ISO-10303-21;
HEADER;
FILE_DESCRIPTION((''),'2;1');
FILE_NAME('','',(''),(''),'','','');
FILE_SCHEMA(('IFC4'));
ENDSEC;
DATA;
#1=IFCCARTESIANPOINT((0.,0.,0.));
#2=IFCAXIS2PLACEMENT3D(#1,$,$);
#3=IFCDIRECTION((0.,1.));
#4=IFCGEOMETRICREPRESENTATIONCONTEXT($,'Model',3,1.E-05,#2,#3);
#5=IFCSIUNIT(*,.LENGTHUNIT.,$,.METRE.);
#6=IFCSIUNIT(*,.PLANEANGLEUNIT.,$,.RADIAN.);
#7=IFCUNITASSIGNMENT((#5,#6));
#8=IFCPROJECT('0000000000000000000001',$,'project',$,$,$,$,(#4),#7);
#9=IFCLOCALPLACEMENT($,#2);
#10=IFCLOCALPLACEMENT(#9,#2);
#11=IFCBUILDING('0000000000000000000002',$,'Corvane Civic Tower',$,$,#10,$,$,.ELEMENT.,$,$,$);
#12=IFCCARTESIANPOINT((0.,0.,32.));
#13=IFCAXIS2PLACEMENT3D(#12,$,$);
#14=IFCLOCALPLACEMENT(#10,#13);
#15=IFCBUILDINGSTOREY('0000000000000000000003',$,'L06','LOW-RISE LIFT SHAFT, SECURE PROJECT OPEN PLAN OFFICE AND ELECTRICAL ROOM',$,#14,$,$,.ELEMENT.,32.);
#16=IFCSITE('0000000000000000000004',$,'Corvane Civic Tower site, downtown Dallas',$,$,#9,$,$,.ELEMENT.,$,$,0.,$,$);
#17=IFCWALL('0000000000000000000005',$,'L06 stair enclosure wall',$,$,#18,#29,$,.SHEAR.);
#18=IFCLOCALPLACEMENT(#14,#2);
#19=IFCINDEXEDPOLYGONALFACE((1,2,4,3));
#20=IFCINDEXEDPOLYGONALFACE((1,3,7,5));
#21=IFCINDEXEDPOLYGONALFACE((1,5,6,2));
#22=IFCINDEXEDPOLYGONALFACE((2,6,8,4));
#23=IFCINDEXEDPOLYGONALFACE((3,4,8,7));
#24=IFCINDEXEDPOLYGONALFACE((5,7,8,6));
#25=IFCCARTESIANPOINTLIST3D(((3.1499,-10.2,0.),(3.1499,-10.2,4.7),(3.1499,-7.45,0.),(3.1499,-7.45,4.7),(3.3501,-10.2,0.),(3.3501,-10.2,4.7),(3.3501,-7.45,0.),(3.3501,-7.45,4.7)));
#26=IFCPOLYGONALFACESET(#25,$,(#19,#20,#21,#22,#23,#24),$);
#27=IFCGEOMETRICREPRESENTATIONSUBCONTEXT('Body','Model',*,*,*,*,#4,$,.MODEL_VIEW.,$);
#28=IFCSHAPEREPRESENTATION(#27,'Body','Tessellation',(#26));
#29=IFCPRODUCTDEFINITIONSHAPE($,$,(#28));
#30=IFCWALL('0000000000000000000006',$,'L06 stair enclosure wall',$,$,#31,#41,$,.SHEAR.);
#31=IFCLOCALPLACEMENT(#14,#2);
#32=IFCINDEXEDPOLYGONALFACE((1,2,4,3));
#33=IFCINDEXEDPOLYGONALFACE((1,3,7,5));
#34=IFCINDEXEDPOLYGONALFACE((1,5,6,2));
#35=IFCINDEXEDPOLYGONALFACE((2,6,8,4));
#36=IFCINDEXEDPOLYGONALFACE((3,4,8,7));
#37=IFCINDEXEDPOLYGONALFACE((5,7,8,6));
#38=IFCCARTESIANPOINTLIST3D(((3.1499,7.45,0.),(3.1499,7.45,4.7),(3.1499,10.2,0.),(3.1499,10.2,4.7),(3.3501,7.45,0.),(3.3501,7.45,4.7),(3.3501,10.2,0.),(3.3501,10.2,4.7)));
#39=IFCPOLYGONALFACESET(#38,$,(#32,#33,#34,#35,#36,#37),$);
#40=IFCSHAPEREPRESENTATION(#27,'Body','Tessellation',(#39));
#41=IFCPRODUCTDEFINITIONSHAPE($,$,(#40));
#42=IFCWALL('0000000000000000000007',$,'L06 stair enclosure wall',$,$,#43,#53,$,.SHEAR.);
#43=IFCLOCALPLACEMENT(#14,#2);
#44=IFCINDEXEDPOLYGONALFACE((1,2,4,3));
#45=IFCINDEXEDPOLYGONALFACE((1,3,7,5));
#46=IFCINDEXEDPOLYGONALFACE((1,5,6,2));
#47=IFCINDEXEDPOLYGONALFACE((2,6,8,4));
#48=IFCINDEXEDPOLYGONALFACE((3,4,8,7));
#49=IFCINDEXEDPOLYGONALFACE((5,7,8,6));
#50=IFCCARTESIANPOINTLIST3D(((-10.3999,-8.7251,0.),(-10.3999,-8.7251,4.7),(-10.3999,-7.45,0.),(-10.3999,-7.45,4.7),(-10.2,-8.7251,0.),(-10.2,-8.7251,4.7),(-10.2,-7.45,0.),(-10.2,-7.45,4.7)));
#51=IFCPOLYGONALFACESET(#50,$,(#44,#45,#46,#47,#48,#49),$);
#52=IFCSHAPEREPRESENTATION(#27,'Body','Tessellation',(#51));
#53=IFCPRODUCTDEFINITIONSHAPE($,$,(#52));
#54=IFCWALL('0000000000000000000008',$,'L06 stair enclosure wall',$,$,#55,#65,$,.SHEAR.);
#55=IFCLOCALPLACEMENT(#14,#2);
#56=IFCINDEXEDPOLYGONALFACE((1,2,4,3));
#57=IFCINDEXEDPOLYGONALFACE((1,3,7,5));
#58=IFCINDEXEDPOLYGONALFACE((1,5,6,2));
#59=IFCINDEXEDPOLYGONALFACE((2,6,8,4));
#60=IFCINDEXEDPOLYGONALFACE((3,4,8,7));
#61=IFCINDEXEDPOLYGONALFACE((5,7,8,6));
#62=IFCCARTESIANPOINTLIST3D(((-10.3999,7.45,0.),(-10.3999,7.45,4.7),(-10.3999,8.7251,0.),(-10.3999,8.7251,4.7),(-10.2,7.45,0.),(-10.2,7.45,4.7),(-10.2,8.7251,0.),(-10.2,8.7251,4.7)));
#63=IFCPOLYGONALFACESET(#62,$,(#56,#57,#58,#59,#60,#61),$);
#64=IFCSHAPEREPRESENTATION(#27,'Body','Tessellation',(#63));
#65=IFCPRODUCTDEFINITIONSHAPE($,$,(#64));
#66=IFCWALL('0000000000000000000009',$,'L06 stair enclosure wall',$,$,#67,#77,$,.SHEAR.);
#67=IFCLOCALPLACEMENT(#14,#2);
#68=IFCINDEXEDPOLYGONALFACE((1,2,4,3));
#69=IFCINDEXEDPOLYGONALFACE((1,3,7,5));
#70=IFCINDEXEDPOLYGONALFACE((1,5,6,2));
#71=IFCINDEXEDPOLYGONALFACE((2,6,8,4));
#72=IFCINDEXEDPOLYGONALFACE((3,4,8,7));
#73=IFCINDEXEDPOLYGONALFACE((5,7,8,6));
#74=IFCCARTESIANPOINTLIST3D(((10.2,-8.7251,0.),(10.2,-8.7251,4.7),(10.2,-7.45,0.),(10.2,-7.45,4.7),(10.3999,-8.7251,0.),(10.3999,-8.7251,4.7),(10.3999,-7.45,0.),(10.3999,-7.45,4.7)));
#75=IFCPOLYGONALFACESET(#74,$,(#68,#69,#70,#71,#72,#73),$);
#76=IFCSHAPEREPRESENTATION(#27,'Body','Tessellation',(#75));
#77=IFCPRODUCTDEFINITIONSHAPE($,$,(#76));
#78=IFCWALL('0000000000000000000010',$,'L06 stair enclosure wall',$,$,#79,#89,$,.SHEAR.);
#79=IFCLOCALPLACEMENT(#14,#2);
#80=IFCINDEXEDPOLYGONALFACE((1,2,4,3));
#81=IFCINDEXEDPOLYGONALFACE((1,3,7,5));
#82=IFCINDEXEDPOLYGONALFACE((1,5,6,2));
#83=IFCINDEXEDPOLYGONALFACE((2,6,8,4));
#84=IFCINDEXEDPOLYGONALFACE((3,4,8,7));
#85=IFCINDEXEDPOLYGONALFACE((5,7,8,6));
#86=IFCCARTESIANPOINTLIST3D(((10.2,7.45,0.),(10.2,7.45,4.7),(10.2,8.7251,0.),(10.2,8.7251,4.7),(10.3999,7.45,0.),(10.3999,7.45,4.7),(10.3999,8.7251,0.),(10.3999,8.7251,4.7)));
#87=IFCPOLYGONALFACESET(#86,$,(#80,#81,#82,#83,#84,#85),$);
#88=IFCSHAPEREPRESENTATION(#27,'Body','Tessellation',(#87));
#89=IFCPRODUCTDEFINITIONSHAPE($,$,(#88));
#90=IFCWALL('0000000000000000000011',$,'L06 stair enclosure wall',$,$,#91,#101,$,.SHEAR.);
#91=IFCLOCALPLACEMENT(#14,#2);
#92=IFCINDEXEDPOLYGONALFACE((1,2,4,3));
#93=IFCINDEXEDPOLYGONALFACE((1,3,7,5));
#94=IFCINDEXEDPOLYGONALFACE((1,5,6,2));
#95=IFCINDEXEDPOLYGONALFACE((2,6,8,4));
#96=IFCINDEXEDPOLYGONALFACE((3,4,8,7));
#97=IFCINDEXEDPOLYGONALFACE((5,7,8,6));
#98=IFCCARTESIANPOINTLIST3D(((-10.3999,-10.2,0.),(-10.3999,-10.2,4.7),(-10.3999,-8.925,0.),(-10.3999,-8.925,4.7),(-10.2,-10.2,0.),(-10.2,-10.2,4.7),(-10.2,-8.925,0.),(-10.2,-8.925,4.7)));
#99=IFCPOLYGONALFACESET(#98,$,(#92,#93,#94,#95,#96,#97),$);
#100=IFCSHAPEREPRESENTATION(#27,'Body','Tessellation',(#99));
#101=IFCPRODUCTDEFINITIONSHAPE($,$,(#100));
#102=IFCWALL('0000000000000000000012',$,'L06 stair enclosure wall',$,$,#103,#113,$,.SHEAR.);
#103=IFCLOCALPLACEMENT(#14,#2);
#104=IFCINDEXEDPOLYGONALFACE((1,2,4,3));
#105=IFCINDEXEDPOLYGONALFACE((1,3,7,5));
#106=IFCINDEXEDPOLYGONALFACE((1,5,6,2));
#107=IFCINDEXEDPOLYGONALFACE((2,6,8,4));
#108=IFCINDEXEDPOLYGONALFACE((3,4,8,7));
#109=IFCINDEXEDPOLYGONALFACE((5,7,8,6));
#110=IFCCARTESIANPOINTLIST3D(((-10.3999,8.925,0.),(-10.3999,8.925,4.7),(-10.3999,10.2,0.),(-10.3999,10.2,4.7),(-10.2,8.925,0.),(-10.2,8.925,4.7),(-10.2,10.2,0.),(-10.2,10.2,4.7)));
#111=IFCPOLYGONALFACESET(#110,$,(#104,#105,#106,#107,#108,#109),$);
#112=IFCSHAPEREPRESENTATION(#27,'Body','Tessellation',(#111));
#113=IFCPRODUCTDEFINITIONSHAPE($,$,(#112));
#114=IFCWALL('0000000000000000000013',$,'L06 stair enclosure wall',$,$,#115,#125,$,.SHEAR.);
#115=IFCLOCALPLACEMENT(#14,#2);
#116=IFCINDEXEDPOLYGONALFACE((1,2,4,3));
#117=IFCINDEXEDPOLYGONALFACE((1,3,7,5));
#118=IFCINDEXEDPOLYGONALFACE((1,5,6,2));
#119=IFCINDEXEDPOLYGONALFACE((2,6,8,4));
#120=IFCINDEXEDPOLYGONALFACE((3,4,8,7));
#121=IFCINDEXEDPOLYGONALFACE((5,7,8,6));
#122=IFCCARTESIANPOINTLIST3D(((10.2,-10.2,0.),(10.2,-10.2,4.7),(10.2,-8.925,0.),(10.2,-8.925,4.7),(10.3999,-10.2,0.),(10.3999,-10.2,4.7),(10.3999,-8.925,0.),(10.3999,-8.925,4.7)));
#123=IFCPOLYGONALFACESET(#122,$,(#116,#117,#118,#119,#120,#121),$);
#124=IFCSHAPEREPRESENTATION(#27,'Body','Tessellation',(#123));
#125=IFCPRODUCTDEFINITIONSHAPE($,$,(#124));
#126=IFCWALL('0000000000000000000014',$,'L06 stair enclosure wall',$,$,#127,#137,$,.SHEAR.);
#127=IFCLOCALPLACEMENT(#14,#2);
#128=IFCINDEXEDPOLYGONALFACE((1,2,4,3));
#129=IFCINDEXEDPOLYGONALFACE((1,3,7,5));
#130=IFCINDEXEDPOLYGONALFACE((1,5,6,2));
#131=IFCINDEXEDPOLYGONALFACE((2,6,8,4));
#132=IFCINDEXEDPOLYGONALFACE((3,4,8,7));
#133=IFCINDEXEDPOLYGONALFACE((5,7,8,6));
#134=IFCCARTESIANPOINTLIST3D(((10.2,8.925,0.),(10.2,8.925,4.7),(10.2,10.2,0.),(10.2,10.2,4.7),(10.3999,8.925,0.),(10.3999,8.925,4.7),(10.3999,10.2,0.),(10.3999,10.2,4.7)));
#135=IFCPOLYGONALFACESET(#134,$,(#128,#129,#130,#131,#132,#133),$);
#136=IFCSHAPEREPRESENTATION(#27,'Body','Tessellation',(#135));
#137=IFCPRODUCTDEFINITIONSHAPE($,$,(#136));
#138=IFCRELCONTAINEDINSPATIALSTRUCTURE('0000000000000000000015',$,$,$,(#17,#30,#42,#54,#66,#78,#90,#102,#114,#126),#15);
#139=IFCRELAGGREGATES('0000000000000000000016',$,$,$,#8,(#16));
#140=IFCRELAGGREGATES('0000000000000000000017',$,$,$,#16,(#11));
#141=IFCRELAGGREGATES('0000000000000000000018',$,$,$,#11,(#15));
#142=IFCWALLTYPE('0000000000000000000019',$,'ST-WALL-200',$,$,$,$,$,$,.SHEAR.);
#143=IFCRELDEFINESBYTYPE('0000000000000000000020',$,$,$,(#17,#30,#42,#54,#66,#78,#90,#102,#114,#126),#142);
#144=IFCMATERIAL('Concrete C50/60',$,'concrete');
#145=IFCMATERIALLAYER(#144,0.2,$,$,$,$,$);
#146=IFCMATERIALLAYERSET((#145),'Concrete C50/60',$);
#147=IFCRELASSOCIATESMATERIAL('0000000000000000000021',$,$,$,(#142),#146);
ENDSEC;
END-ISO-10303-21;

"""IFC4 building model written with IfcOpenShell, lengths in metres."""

from ifc_helpers import new_model, si_unit, direction, frame, origin, place, context, subcontext, project, spatial, polyline, outline, extrude, material, layer, layer_set, type_object, element, save


model = new_model("IFC4")

# Units and contexts
model_context = context("Model", 3, precision=1e-05, world=origin(), true_north=direction((0.0, 1.0)))
body_context = subcontext(model_context, "Body", "Model", "MODEL_VIEW")
ifc_project = project(units=[si_unit("LENGTHUNIT", "METRE"), si_unit("PLANEANGLEUNIT", "RADIAN")], contexts=[model_context])

# Site, building, storey
site_placement = place(None, origin())
site = spatial("IfcSite", under=ifc_project, at=site_placement, Name="Corvane Civic Tower site, downtown Dallas", CompositionType="ELEMENT", RefElevation=0.0)
building_placement = place(site_placement, origin())
building = spatial("IfcBuilding", under=site, at=building_placement, Name="Corvane Civic Tower", CompositionType="ELEMENT")
storey_placement = place(building_placement, frame((0.0, 0.0, 32.0)))
storey = spatial("IfcBuildingStorey", under=building, at=storey_placement, Name="L06", Description="LOW-RISE LIFT SHAFT, SECURE PROJECT OPEN PLAN OFFICE AND ELECTRICAL ROOM", CompositionType="ELEMENT", Elevation=32.0)

# Shared definitions
ifc_material_1 = material(Name="Concrete C50/60", Category="concrete")
ifc_layer_1 = layer(ifc_material_1, 0.2)
ifc_layer_set_1 = layer_set([ifc_layer_1], Name="Concrete C50/60")
wall_type_1 = type_object("IfcWallType", Name="ST-WALL-200", PredefinedType="SHEAR", material=ifc_layer_set_1)

# Walls
wall_1_placement = place(storey_placement, origin())
element("IfcWall", 1, at=wall_1_placement, inside=storey, type_object=wall_type_1, Name="L06 stair enclosure wall", PredefinedType="SHEAR", context=body_context, shape_type="SweptSolid", body=[
    extrude(outline(polyline([(3.3501, -7.45), (3.3501, -10.2), (3.1499, -10.2), (3.1499, -7.45), (3.3501, -7.45)])), origin(), (0.0, 0.0, 1.0), 4.7),
])
wall_2_placement = place(storey_placement, origin())
element("IfcWall", 2, at=wall_2_placement, inside=storey, type_object=wall_type_1, Name="L06 stair enclosure wall", PredefinedType="SHEAR", context=body_context, shape_type="SweptSolid", body=[
    extrude(outline(polyline([(3.3501, 7.45), (3.1499, 7.45), (3.1499, 10.2), (3.3501, 10.2), (3.3501, 7.45)])), origin(), (0.0, 0.0, 1.0), 4.7),
])
wall_3_placement = place(storey_placement, origin())
element("IfcWall", 3, at=wall_3_placement, inside=storey, type_object=wall_type_1, Name="L06 stair enclosure wall", PredefinedType="SHEAR", context=body_context, shape_type="SweptSolid", body=[
    extrude(outline(polyline([(-10.2, -7.45), (-10.2, -8.7251), (-10.3999, -8.7251), (-10.3999, -7.45), (-10.2, -7.45)])), origin(), (0.0, 0.0, 1.0), 4.7),
])
wall_4_placement = place(storey_placement, origin())
element("IfcWall", 4, at=wall_4_placement, inside=storey, type_object=wall_type_1, Name="L06 stair enclosure wall", PredefinedType="SHEAR", context=body_context, shape_type="SweptSolid", body=[
    extrude(outline(polyline([(-10.2, 8.7251), (-10.2, 7.45), (-10.3999, 7.45), (-10.3999, 8.7251), (-10.2, 8.7251)])), origin(), (0.0, 0.0, 1.0), 4.7),
])
wall_5_placement = place(storey_placement, origin())
element("IfcWall", 5, at=wall_5_placement, inside=storey, type_object=wall_type_1, Name="L06 stair enclosure wall", PredefinedType="SHEAR", context=body_context, shape_type="SweptSolid", body=[
    extrude(outline(polyline([(10.3999, -7.45), (10.3999, -8.7251), (10.2, -8.7251), (10.2, -7.45), (10.3999, -7.45)])), origin(), (0.0, 0.0, 1.0), 4.7),
])
wall_6_placement = place(storey_placement, origin())
element("IfcWall", 6, at=wall_6_placement, inside=storey, type_object=wall_type_1, Name="L06 stair enclosure wall", PredefinedType="SHEAR", context=body_context, shape_type="SweptSolid", body=[
    extrude(outline(polyline([(10.3999, 8.7251), (10.3999, 7.45), (10.2, 7.45), (10.2, 8.7251), (10.3999, 8.7251)])), origin(), (0.0, 0.0, 1.0), 4.7),
])
wall_7_placement = place(storey_placement, origin())
element("IfcWall", 7, at=wall_7_placement, inside=storey, type_object=wall_type_1, Name="L06 stair enclosure wall", PredefinedType="SHEAR", context=body_context, shape_type="SweptSolid", body=[
    extrude(outline(polyline([(-10.2, -8.925), (-10.2, -10.2), (-10.3999, -10.2), (-10.3999, -8.925), (-10.2, -8.925)])), origin(), (0.0, 0.0, 1.0), 4.7),
])
wall_8_placement = place(storey_placement, origin())
element("IfcWall", 8, at=wall_8_placement, inside=storey, type_object=wall_type_1, Name="L06 stair enclosure wall", PredefinedType="SHEAR", context=body_context, shape_type="SweptSolid", body=[
    extrude(outline(polyline([(-10.2, 8.925), (-10.3999, 8.925), (-10.3999, 10.2), (-10.2, 10.2), (-10.2, 8.925)])), origin(), (0.0, 0.0, 1.0), 4.7),
])
wall_9_placement = place(storey_placement, origin())
element("IfcWall", 9, at=wall_9_placement, inside=storey, type_object=wall_type_1, Name="L06 stair enclosure wall", PredefinedType="SHEAR", context=body_context, shape_type="SweptSolid", body=[
    extrude(outline(polyline([(10.3999, -8.925), (10.3999, -10.2), (10.2, -10.2), (10.2, -8.925), (10.3999, -8.925)])), origin(), (0.0, 0.0, 1.0), 4.7),
])
wall_10_placement = place(storey_placement, origin())
element("IfcWall", 10, at=wall_10_placement, inside=storey, type_object=wall_type_1, Name="L06 stair enclosure wall", PredefinedType="SHEAR", context=body_context, shape_type="SweptSolid", body=[
    extrude(outline(polyline([(10.3999, 8.925), (10.2, 8.925), (10.2, 10.2), (10.3999, 10.2), (10.3999, 8.925)])), origin(), (0.0, 0.0, 1.0), 4.7),
])

save(model, "model.ifc")
